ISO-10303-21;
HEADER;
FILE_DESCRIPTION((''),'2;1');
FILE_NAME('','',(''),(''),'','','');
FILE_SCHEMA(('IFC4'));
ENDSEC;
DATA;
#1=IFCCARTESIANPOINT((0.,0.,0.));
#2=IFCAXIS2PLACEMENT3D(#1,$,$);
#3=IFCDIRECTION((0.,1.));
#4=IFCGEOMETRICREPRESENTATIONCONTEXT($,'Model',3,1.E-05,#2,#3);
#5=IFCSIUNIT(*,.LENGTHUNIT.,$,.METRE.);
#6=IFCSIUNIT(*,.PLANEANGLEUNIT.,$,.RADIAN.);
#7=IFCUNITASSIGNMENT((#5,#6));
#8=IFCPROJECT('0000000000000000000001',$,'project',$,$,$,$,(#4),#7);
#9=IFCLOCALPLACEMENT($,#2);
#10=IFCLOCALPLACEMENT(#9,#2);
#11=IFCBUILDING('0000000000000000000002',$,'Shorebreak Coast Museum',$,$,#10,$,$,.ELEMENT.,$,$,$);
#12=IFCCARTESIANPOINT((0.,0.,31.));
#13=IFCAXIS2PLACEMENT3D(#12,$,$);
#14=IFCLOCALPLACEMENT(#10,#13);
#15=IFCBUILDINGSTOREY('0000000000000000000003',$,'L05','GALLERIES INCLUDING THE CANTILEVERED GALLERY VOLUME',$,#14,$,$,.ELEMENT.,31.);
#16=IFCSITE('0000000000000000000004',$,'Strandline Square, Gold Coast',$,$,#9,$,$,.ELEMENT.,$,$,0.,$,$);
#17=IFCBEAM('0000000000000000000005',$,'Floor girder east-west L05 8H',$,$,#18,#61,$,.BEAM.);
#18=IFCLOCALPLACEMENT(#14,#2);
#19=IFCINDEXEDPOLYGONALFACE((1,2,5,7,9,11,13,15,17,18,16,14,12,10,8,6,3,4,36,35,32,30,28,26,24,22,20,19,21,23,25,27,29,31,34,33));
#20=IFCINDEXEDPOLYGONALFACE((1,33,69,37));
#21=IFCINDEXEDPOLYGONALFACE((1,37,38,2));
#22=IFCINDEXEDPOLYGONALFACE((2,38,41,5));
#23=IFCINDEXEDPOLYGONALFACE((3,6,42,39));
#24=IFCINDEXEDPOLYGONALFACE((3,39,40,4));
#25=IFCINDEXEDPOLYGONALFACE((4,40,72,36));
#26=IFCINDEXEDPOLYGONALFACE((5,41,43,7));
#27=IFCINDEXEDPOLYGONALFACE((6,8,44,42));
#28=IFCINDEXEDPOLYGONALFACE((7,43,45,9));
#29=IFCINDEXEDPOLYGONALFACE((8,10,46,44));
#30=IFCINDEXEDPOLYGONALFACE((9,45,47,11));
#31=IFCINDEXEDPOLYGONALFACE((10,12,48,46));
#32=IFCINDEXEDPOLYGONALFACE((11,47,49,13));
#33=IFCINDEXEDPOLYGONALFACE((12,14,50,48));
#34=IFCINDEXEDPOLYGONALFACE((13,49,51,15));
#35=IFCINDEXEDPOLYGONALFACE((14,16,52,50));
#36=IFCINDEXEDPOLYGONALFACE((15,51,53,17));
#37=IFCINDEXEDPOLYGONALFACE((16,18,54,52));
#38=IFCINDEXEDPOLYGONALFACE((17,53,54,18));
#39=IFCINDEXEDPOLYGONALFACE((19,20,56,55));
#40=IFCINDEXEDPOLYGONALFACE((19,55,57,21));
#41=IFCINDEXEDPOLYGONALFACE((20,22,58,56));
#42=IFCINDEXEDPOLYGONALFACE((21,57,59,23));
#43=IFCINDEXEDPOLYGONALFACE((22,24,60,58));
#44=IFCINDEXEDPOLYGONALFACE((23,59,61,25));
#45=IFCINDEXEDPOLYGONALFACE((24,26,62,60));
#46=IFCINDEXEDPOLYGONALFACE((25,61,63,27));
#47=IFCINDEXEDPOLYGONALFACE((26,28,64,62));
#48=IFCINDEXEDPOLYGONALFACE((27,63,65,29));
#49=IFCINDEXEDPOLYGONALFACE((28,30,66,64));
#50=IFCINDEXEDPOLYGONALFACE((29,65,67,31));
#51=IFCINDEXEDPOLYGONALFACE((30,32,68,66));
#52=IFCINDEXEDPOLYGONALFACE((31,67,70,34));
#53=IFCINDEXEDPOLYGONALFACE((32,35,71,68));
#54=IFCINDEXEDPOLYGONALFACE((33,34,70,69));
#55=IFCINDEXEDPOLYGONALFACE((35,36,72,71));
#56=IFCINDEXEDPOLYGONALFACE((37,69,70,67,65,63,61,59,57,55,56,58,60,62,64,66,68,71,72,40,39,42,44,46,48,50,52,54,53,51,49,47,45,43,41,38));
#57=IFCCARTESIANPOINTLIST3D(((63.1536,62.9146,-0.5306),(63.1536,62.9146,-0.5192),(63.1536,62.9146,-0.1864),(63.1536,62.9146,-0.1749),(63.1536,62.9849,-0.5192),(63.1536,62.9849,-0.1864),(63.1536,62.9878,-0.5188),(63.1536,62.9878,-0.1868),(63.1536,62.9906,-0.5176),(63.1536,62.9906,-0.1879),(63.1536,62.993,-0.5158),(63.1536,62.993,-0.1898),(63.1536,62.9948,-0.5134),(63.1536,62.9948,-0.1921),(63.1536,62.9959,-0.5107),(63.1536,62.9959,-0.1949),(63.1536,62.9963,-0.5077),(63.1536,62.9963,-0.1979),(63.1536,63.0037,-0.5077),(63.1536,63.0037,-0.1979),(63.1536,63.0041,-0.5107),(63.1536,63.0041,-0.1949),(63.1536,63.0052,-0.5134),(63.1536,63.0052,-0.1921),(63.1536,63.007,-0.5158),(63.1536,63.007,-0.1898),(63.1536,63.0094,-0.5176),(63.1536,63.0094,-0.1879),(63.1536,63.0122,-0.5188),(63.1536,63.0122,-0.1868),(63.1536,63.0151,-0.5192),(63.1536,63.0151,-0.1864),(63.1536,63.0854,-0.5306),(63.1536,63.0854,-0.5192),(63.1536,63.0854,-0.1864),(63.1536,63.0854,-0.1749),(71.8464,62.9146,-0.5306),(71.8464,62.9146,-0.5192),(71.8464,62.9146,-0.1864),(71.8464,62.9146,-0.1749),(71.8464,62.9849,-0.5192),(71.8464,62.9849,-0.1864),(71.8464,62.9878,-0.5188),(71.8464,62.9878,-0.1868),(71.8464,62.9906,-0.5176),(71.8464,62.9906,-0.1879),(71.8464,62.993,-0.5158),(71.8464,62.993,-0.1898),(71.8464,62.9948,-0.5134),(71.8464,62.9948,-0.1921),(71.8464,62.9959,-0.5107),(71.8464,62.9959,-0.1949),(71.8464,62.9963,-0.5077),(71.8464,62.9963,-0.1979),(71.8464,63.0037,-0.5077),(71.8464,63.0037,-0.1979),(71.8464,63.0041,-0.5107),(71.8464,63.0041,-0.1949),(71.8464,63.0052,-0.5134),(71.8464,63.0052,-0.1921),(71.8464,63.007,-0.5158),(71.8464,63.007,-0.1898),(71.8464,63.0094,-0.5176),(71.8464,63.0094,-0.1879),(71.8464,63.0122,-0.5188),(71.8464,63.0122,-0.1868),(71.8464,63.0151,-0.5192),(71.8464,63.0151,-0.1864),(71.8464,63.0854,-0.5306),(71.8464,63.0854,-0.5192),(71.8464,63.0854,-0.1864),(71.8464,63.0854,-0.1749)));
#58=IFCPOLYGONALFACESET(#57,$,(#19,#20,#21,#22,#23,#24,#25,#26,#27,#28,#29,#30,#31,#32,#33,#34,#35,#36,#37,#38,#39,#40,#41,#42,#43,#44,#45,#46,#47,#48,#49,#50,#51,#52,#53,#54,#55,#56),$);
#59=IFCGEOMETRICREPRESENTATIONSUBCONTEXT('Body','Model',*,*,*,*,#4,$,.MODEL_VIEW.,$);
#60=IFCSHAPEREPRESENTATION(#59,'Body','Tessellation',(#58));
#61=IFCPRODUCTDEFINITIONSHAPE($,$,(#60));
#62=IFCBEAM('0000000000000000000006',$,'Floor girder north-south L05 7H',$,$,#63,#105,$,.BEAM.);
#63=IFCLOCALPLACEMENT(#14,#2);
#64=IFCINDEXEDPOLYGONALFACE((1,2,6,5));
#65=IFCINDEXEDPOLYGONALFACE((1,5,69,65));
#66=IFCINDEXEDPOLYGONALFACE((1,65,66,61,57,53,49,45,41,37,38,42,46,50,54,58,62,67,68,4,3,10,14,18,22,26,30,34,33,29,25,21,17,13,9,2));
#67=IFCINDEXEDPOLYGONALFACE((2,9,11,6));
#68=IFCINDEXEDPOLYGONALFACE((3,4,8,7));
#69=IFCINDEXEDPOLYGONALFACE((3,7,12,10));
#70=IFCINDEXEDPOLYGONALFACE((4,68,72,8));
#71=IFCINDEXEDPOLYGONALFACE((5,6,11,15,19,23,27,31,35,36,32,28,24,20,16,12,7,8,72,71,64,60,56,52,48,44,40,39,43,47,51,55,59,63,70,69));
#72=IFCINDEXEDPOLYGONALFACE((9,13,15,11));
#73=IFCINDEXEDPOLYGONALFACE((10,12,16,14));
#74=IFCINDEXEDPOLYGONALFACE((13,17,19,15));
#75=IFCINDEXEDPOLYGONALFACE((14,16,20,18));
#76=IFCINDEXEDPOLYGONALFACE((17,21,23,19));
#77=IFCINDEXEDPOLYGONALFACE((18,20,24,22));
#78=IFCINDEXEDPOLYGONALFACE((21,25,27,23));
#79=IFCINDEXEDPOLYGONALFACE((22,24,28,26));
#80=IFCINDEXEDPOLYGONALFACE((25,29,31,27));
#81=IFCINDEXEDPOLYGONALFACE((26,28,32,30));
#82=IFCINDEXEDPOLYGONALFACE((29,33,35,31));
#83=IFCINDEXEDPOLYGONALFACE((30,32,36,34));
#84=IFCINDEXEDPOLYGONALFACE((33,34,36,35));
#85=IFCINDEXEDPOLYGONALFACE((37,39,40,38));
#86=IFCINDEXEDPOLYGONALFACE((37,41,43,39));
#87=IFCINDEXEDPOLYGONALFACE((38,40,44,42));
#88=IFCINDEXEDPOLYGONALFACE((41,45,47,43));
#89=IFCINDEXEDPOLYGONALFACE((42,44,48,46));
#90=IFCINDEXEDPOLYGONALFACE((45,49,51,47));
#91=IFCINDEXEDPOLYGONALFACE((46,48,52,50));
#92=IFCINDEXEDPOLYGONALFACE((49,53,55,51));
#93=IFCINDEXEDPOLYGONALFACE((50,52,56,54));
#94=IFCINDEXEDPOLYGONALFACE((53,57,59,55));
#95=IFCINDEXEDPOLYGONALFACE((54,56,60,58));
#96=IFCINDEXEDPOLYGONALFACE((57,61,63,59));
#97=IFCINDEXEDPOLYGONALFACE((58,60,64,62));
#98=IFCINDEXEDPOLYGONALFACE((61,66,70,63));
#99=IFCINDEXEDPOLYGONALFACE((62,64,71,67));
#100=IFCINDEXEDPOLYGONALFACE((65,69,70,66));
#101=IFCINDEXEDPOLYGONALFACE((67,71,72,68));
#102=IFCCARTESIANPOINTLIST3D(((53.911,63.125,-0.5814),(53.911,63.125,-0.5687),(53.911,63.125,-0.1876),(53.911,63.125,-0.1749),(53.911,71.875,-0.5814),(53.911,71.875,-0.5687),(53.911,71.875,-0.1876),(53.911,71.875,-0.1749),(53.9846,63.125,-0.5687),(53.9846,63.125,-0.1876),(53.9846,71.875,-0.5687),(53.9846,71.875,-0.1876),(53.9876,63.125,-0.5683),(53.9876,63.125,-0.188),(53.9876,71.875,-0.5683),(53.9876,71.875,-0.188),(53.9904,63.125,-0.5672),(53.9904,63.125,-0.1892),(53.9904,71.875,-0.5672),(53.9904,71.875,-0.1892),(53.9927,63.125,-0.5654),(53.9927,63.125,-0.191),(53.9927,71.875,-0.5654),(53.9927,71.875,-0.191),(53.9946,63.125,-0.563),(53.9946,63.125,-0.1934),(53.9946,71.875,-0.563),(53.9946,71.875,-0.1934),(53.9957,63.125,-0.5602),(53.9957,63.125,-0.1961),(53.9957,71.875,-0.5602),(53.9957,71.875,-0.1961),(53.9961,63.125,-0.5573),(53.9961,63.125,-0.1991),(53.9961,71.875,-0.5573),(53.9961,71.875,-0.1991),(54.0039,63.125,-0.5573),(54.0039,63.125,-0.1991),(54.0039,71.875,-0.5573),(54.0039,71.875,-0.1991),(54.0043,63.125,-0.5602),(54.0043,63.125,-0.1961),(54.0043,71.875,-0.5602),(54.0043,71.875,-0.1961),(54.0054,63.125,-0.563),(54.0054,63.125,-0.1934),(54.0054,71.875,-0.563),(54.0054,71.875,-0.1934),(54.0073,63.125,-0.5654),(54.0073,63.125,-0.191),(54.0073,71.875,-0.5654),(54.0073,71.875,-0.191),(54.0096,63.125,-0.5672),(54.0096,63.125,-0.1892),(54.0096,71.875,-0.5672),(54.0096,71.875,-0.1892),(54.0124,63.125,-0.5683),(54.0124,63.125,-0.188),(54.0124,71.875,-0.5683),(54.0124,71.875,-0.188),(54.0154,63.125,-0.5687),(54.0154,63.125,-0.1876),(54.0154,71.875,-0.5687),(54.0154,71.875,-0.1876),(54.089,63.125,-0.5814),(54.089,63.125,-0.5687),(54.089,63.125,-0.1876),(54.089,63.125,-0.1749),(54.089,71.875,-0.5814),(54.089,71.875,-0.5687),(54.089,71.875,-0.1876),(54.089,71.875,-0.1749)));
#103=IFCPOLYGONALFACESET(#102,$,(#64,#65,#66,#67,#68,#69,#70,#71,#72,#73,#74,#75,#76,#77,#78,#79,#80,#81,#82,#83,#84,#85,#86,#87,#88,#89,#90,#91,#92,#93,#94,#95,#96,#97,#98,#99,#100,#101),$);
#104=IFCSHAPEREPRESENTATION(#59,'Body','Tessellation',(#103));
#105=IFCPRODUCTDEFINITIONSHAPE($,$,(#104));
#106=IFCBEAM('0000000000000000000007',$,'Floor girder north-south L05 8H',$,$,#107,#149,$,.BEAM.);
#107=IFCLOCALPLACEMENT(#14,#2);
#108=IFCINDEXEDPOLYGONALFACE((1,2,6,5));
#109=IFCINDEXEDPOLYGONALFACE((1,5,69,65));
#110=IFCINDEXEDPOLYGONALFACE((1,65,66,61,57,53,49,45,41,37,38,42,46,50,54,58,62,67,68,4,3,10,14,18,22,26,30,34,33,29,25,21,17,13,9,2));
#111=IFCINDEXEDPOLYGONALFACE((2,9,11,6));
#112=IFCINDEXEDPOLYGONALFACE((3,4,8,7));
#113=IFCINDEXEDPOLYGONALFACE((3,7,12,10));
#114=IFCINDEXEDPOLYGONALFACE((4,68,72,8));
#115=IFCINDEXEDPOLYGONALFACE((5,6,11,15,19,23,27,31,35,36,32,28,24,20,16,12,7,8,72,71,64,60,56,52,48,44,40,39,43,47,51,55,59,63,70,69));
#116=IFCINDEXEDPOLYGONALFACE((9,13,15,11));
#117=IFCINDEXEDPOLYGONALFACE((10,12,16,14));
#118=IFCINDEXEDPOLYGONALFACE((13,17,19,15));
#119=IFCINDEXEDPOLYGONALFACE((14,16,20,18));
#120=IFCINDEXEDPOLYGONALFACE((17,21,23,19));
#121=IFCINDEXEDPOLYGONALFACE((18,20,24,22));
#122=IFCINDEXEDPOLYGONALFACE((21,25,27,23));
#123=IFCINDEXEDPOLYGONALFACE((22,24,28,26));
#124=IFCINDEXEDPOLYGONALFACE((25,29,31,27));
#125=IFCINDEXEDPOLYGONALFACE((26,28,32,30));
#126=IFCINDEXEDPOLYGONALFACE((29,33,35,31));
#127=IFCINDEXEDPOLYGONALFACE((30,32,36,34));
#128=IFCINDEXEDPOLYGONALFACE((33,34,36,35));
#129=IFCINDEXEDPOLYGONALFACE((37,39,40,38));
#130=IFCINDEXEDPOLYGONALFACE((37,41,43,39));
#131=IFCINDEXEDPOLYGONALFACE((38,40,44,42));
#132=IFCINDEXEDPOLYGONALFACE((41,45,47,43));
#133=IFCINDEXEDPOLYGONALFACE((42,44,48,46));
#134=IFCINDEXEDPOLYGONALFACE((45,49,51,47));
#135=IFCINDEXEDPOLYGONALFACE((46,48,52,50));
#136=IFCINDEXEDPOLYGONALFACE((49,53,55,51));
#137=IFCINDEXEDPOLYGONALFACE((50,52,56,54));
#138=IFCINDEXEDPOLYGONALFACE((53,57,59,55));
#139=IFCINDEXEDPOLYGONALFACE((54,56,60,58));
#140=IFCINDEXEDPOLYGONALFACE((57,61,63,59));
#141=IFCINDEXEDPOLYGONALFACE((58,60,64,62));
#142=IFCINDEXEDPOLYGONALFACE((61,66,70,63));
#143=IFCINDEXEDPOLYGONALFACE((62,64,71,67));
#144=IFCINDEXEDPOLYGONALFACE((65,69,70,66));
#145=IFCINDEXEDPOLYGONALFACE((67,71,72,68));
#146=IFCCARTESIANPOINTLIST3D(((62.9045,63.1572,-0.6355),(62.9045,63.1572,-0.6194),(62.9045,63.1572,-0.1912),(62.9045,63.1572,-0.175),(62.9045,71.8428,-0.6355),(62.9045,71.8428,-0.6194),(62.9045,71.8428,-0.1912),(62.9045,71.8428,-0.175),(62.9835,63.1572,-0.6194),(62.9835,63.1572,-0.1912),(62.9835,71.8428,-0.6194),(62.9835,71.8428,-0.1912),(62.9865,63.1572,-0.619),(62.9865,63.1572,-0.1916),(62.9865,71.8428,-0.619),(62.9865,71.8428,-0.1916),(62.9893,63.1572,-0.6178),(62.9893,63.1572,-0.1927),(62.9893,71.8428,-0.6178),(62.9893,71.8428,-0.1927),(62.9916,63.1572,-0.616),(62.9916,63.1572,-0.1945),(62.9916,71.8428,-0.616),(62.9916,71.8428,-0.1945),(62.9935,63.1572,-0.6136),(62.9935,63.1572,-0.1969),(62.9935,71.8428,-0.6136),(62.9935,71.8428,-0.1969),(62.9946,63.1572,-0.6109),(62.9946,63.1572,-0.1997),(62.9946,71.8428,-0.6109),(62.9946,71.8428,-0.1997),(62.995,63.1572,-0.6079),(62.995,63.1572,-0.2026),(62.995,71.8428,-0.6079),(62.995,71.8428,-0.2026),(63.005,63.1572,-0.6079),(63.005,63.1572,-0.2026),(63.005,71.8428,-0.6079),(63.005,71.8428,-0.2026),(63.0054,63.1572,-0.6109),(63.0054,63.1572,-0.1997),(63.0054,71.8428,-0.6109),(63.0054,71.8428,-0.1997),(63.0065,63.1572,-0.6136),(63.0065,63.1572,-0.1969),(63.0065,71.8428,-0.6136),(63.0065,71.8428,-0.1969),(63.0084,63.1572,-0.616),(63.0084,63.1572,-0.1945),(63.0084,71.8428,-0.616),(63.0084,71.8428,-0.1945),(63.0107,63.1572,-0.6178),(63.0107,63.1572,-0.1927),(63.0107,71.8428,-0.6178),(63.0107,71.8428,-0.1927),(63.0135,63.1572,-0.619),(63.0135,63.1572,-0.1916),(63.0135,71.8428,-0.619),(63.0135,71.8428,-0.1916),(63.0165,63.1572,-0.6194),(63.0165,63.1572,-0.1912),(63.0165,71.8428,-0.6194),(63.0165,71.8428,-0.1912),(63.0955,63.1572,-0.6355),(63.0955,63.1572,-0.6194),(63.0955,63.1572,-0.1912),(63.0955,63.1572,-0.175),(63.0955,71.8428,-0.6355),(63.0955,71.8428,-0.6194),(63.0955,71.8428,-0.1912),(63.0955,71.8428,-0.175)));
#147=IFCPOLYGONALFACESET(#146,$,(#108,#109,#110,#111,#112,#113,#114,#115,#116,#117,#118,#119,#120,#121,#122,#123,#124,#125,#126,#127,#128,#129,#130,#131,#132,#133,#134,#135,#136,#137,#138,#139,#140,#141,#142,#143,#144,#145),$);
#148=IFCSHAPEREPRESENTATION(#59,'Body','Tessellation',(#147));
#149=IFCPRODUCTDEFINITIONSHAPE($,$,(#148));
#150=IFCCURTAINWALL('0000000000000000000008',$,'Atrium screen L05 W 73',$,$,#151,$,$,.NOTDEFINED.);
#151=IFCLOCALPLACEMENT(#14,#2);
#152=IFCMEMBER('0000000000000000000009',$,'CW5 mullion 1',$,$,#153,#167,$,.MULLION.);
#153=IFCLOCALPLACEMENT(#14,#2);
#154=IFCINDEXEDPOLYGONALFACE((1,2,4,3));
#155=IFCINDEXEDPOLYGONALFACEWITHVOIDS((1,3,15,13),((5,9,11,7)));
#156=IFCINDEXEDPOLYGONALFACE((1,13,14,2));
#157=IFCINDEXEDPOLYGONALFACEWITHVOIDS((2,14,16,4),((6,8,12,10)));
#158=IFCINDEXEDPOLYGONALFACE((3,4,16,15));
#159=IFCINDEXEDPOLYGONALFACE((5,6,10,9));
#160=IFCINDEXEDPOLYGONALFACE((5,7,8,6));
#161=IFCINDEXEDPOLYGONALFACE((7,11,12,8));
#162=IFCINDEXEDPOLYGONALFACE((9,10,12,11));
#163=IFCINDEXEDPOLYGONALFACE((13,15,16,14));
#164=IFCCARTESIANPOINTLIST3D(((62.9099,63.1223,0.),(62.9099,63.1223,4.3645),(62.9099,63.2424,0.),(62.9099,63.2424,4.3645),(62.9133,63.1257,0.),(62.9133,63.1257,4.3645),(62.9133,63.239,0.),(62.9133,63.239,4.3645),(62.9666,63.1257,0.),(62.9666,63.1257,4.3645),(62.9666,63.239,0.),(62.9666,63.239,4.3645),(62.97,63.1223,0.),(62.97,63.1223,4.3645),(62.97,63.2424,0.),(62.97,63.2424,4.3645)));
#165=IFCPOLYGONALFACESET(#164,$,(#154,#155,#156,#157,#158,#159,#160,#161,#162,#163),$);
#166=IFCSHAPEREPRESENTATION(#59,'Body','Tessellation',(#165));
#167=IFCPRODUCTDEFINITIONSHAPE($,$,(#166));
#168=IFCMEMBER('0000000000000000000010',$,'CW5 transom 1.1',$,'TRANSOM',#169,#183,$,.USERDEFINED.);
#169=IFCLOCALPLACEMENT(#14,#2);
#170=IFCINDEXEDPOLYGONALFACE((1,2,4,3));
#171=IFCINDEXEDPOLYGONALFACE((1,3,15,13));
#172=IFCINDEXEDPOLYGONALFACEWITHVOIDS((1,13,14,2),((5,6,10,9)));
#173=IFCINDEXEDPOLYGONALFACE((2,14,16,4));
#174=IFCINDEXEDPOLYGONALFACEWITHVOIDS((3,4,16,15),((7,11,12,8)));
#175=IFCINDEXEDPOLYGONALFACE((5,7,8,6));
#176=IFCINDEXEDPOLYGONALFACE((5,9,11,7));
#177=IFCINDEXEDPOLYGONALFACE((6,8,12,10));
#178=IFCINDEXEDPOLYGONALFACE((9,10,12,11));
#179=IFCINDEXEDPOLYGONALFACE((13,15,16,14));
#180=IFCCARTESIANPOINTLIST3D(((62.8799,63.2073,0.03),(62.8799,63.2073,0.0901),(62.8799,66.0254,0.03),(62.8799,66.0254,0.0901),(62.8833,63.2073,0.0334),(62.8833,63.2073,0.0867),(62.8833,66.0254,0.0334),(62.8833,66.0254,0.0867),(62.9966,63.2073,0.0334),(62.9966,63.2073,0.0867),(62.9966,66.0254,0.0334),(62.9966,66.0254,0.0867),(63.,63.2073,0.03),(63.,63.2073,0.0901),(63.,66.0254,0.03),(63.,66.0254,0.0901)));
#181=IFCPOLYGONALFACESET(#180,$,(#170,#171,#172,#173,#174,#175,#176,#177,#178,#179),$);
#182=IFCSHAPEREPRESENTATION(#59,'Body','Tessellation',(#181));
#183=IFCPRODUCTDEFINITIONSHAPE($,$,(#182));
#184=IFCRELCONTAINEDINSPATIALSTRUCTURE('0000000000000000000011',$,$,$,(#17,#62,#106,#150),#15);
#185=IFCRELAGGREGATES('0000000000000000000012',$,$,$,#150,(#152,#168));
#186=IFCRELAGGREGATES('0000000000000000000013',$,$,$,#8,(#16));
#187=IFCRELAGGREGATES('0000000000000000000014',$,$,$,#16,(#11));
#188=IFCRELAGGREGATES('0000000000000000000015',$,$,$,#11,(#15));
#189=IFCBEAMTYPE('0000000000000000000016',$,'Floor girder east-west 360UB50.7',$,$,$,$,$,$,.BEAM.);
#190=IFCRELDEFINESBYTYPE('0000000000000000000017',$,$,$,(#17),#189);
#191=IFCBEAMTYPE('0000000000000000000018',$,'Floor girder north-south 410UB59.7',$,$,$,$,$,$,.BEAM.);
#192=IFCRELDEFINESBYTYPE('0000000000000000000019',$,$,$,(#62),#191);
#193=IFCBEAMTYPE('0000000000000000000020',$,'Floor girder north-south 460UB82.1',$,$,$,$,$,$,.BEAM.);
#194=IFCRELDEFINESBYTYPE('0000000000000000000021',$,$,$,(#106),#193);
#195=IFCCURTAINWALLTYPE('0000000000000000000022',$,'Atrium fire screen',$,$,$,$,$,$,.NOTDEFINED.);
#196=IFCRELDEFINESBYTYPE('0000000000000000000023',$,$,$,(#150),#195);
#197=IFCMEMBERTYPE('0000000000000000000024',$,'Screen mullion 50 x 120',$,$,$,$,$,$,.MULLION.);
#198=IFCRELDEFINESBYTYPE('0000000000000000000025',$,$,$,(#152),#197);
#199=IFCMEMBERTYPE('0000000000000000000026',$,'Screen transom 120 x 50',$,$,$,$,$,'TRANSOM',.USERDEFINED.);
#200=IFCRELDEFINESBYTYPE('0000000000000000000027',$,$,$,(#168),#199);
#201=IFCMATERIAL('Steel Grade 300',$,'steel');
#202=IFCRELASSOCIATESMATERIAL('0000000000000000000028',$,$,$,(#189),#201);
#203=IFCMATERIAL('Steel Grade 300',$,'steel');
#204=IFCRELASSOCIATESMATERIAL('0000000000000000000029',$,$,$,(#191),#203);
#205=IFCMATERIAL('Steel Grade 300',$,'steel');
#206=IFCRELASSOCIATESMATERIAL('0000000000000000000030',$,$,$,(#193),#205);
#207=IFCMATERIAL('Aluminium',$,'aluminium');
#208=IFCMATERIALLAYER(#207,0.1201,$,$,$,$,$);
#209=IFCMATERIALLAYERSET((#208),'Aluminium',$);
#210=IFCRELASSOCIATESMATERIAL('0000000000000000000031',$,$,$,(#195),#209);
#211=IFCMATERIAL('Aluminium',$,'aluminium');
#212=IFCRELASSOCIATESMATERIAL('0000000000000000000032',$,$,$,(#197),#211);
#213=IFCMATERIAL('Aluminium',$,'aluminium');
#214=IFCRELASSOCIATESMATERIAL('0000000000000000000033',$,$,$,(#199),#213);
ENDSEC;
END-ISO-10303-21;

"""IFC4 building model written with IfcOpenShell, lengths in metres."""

from ifc_helpers import new_model, si_unit, direction, frame, origin, origin_2d, place, context, subcontext, project, spatial, hollow_rectangle, i_section, extrude, material, layer, layer_set, material_profile, profile_set, type_object, element, aggregate, save


model = new_model("IFC4")

# Units and contexts
model_context = context("Model", 3, precision=1e-05, world=origin(), true_north=direction((0.0, 1.0)))
body_context = subcontext(model_context, "Body", "Model", "MODEL_VIEW")
ifc_project = project(units=[si_unit("LENGTHUNIT", "METRE"), si_unit("PLANEANGLEUNIT", "RADIAN")], contexts=[model_context])

# Site, building, storey
site_placement = place(None, origin())
site = spatial("IfcSite", under=ifc_project, at=site_placement, Name="Strandline Square, Gold Coast", CompositionType="ELEMENT", RefElevation=0.0)
building_placement = place(site_placement, origin())
building = spatial("IfcBuilding", under=site, at=building_placement, Name="Shorebreak Coast Museum", CompositionType="ELEMENT")
storey_placement = place(building_placement, frame((0.0, 0.0, 31.0)))
storey = spatial("IfcBuildingStorey", under=building, at=storey_placement, Name="L05", Description="GALLERIES INCLUDING THE CANTILEVERED GALLERY VOLUME", CompositionType="ELEMENT", Elevation=31.0)

# Beams
ifc_material_1 = material(Name="Steel Grade 300", Category="steel")
ifc_material_profile_1 = material_profile(ifc_material_1, i_section(OverallWidth=0.1709, OverallDepth=0.3557, WebThickness=0.0073, FlangeThickness=0.0115, FilletRadius=0.0115, at=origin_2d()), Name="360UB50.7")
ifc_profile_set_1 = profile_set([ifc_material_profile_1], Name="Steel Grade 300")
beam_type_1 = type_object("IfcBeamType", Name="Floor girder east-west 360UB50.7", PredefinedType="BEAM", material=ifc_profile_set_1)
beam_1_placement = place(storey_placement, frame((63.1536, 63.0, -0.3528), z_axis=(1.0, 0.0, 0.0), x_axis=(0.0, 1.0, 0.0)))
element("IfcBeam", 1, at=beam_1_placement, inside=storey, type_object=beam_type_1, Name="Floor girder east-west L05 8H", PredefinedType="BEAM", context=body_context, shape_type="SweptSolid", body=[
    extrude(i_section(OverallWidth=0.1709, OverallDepth=0.3557, WebThickness=0.0073, FlangeThickness=0.0115, FilletRadius=0.0115, at=origin_2d()), origin(), (0.0, 0.0, 1.0), 8.6929),
])
ifc_material_2 = material(Name="Steel Grade 300", Category="steel")
ifc_material_profile_2 = material_profile(ifc_material_2, i_section(OverallWidth=0.178, OverallDepth=0.4065, WebThickness=0.0078, FlangeThickness=0.0127, FilletRadius=0.0115, at=origin_2d()), Name="410UB59.7")
ifc_profile_set_2 = profile_set([ifc_material_profile_2], Name="Steel Grade 300")
beam_type_2 = type_object("IfcBeamType", Name="Floor girder north-south 410UB59.7", PredefinedType="BEAM", material=ifc_profile_set_2)
beam_2_placement = place(storey_placement, frame((54.0, 63.125, -0.3782), z_axis=(0.0, 1.0, 0.0), x_axis=(-1.0, 0.0, 0.0)))
element("IfcBeam", 2, at=beam_2_placement, inside=storey, type_object=beam_type_2, Name="Floor girder north-south L05 7H", PredefinedType="BEAM", context=body_context, shape_type="SweptSolid", body=[
    extrude(i_section(OverallWidth=0.178, OverallDepth=0.4065, WebThickness=0.0078, FlangeThickness=0.0127, FilletRadius=0.0115, at=origin_2d()), origin(), (0.0, 0.0, 1.0), 8.75),
])
ifc_material_3 = material(Name="Steel Grade 300", Category="steel")
ifc_material_profile_3 = material_profile(ifc_material_3, i_section(OverallWidth=0.1909, OverallDepth=0.4604, WebThickness=0.01, FlangeThickness=0.0161, FilletRadius=0.0115, at=origin_2d()), Name="460UB82.1")
ifc_profile_set_3 = profile_set([ifc_material_profile_3], Name="Steel Grade 300")
beam_type_3 = type_object("IfcBeamType", Name="Floor girder north-south 460UB82.1", PredefinedType="BEAM", material=ifc_profile_set_3)
beam_3_placement = place(storey_placement, frame((63.0, 63.1572, -0.4053), z_axis=(0.0, 1.0, 0.0), x_axis=(-1.0, 0.0, 0.0)))
element("IfcBeam", 3, at=beam_3_placement, inside=storey, type_object=beam_type_3, Name="Floor girder north-south L05 8H", PredefinedType="BEAM", context=body_context, shape_type="SweptSolid", body=[
    extrude(i_section(OverallWidth=0.1909, OverallDepth=0.4604, WebThickness=0.01, FlangeThickness=0.0161, FilletRadius=0.0115, at=origin_2d()), origin(), (0.0, 0.0, 1.0), 8.6855),
])

# Curtain wall, members
ifc_material_4 = material(Name="Aluminium", Category="aluminium")
ifc_layer_1 = layer(ifc_material_4, 0.1201)
ifc_layer_set_1 = layer_set([ifc_layer_1], Name="Aluminium")
curtain_wall_type_1 = type_object("IfcCurtainWallType", Name="Atrium fire screen", PredefinedType="NOTDEFINED", material=ifc_layer_set_1)
curtain_wall_1_placement = place(storey_placement, origin())
curtain_wall_1 = element("IfcCurtainWall", 4, at=curtain_wall_1_placement, inside=storey, type_object=curtain_wall_type_1, Name="Atrium screen L05 W 73", PredefinedType="NOTDEFINED")
ifc_material_5 = material(Name="Aluminium", Category="aluminium")
ifc_material_profile_4 = material_profile(ifc_material_5, hollow_rectangle(XDim=0.0601, YDim=0.1201, WallThickness=0.0034, at=origin_2d()), Name="AL 120x60 RHS")
ifc_profile_set_4 = profile_set([ifc_material_profile_4], Name="Aluminium")
member_type_1 = type_object("IfcMemberType", Name="Screen mullion 50 x 120", PredefinedType="MULLION", material=ifc_profile_set_4)
member_1_placement = place(storey_placement, frame((62.9399, 63.1824, 0.0), z_axis=(0.0, 0.0, 1.0), x_axis=(-1.0, 0.0, 0.0)))
member_1 = element("IfcMember", 5, at=member_1_placement, type_object=member_type_1, Name="CW5 mullion 1", PredefinedType="MULLION", context=body_context, shape_type="SweptSolid", body=[
    extrude(hollow_rectangle(XDim=0.0601, YDim=0.1201, WallThickness=0.0034, at=origin_2d()), origin(), (0.0, 0.0, 1.0), 4.3645),
])
ifc_material_6 = material(Name="Aluminium", Category="aluminium")
ifc_material_profile_5 = material_profile(ifc_material_6, hollow_rectangle(XDim=0.1201, YDim=0.0601, WallThickness=0.0034, at=origin_2d()), Name="AL 60x120 RHS")
ifc_profile_set_5 = profile_set([ifc_material_profile_5], Name="Aluminium")
member_type_2 = type_object("IfcMemberType", Name="Screen transom 120 x 50", ElementType="TRANSOM", PredefinedType="USERDEFINED", material=ifc_profile_set_5)
member_2_placement = place(storey_placement, frame((62.9399, 63.2073, 0.0601), z_axis=(0.0, 1.0, 0.0), x_axis=(-1.0, 0.0, 0.0)))
member_2 = element("IfcMember", 6, at=member_2_placement, type_object=member_type_2, Name="CW5 transom 1.1", ObjectType="TRANSOM", PredefinedType="USERDEFINED", context=body_context, shape_type="SweptSolid", body=[
    extrude(hollow_rectangle(XDim=0.1201, YDim=0.0601, WallThickness=0.0034, at=origin_2d()), origin(), (0.0, 0.0, 1.0), 2.8181),
])
aggregate(curtain_wall_1, [member_1, member_2])

save(model, "model.ifc")
